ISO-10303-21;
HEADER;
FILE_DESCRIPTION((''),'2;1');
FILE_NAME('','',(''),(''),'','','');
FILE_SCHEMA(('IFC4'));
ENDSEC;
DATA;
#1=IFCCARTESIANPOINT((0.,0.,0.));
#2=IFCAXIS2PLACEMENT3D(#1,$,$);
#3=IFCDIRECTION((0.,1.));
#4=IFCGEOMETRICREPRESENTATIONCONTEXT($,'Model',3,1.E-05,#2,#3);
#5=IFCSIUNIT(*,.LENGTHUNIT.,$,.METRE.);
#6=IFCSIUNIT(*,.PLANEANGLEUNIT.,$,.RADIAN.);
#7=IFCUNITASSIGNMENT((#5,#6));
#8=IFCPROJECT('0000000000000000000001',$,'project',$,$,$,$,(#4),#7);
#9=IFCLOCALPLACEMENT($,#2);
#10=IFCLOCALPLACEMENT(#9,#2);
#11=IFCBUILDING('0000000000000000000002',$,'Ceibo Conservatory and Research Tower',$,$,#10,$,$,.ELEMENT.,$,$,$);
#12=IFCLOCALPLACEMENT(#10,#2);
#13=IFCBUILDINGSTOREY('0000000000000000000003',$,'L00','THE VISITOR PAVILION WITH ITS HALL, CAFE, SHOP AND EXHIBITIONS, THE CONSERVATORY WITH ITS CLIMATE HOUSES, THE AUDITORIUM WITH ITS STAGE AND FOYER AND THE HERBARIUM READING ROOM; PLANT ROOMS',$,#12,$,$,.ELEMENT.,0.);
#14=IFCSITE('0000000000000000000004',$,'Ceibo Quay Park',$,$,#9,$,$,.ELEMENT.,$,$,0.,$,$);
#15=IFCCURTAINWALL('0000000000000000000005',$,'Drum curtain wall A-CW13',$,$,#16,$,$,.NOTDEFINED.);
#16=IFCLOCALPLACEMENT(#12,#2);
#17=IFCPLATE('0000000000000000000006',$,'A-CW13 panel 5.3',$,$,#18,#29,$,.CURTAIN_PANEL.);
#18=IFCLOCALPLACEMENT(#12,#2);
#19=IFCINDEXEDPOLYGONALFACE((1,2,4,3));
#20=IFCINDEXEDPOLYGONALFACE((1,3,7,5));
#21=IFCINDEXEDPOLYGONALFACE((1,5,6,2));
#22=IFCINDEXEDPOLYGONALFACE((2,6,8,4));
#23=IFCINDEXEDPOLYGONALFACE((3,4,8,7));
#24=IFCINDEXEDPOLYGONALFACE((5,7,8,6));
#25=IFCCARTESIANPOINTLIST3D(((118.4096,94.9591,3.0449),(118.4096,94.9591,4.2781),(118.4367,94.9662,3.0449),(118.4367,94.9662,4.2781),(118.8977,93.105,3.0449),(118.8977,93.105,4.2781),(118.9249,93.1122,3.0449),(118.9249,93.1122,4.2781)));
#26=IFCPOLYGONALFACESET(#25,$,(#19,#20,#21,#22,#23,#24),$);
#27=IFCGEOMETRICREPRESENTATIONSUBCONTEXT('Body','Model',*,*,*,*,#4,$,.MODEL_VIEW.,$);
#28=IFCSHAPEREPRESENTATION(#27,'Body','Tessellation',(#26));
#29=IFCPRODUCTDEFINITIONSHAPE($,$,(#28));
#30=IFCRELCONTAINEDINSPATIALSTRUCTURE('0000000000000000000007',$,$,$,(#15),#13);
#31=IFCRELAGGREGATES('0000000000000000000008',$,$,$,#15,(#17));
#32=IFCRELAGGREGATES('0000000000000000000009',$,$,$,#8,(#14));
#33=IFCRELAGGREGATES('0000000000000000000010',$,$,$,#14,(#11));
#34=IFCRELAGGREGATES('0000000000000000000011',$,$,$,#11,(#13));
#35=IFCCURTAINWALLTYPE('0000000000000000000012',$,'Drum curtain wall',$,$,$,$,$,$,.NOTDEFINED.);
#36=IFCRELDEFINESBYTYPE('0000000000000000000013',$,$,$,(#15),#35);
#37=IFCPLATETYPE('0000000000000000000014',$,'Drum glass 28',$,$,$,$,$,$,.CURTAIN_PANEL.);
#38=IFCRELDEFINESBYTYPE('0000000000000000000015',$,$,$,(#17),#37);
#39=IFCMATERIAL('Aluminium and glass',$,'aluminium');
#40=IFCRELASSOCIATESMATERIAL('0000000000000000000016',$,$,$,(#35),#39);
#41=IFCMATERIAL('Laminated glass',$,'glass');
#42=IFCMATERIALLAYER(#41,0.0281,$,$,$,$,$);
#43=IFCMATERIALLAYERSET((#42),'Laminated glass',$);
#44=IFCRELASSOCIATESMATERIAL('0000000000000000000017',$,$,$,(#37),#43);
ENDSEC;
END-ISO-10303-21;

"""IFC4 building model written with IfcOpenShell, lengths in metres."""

from ifc_helpers import new_model, si_unit, direction, frame, origin, origin_2d, place, context, subcontext, project, spatial, rectangle, extrude, material, layer, layer_set, type_object, element, aggregate, save


model = new_model("IFC4")

# Units and contexts
model_context = context("Model", 3, precision=1e-05, world=origin(), true_north=direction((0.0, 1.0)))
body_context = subcontext(model_context, "Body", "Model", "MODEL_VIEW")
ifc_project = project(units=[si_unit("LENGTHUNIT", "METRE"), si_unit("PLANEANGLEUNIT", "RADIAN")], contexts=[model_context])

# Site, building, storey
site_placement = place(None, origin())
site = spatial("IfcSite", under=ifc_project, at=site_placement, Name="Ceibo Quay Park", CompositionType="ELEMENT", RefElevation=0.0)
building_placement = place(site_placement, origin())
building = spatial("IfcBuilding", under=site, at=building_placement, Name="Ceibo Conservatory and Research Tower", CompositionType="ELEMENT")
storey_placement = place(building_placement, origin())
storey = spatial("IfcBuildingStorey", under=building, at=storey_placement, Name="L00", Description="THE VISITOR PAVILION WITH ITS HALL, CAFE, SHOP AND EXHIBITIONS, THE CONSERVATORY WITH ITS CLIMATE HOUSES, THE AUDITORIUM WITH ITS STAGE AND FOYER AND THE HERBARIUM READING ROOM; PLANT ROOMS", CompositionType="ELEMENT", Elevation=0.0)

# Curtain wall
ifc_material_1 = material(Name="Aluminium and glass", Category="aluminium")
curtain_wall_type = type_object("IfcCurtainWallType", Name="Drum curtain wall", PredefinedType="NOTDEFINED", material=ifc_material_1)
curtain_wall_placement = place(storey_placement, origin())
curtain_wall = element("IfcCurtainWall", 1, at=curtain_wall_placement, inside=storey, type_object=curtain_wall_type, Name="Drum curtain wall A-CW13", PredefinedType="NOTDEFINED")

# Plate
ifc_material_2 = material(Name="Laminated glass", Category="glass")
ifc_layer_1 = layer(ifc_material_2, 0.0281)
ifc_layer_set_1 = layer_set([ifc_layer_1], Name="Laminated glass")
plate_type_1 = type_object("IfcPlateType", Name="Drum glass 28", PredefinedType="CURTAIN_PANEL", material=ifc_layer_set_1)
plate_1_placement = place(storey_placement, frame((118.6672, 94.0356, 3.0449), z_axis=(0.0, 0.0, 1.0), x_axis=(0.254602, -0.967046, 0.0)))
plate_1 = element("IfcPlate", 2, at=plate_1_placement, type_object=plate_type_1, Name="A-CW13 panel 5.3", PredefinedType="CURTAIN_PANEL", context=body_context, shape_type="SweptSolid", body=[
    extrude(rectangle(XDim=1.9172, YDim=0.0281, at=origin_2d()), origin(), (0.0, 0.0, 1.0), 1.2332),
])
aggregate(curtain_wall, [plate_1])

save(model, "model.ifc")
